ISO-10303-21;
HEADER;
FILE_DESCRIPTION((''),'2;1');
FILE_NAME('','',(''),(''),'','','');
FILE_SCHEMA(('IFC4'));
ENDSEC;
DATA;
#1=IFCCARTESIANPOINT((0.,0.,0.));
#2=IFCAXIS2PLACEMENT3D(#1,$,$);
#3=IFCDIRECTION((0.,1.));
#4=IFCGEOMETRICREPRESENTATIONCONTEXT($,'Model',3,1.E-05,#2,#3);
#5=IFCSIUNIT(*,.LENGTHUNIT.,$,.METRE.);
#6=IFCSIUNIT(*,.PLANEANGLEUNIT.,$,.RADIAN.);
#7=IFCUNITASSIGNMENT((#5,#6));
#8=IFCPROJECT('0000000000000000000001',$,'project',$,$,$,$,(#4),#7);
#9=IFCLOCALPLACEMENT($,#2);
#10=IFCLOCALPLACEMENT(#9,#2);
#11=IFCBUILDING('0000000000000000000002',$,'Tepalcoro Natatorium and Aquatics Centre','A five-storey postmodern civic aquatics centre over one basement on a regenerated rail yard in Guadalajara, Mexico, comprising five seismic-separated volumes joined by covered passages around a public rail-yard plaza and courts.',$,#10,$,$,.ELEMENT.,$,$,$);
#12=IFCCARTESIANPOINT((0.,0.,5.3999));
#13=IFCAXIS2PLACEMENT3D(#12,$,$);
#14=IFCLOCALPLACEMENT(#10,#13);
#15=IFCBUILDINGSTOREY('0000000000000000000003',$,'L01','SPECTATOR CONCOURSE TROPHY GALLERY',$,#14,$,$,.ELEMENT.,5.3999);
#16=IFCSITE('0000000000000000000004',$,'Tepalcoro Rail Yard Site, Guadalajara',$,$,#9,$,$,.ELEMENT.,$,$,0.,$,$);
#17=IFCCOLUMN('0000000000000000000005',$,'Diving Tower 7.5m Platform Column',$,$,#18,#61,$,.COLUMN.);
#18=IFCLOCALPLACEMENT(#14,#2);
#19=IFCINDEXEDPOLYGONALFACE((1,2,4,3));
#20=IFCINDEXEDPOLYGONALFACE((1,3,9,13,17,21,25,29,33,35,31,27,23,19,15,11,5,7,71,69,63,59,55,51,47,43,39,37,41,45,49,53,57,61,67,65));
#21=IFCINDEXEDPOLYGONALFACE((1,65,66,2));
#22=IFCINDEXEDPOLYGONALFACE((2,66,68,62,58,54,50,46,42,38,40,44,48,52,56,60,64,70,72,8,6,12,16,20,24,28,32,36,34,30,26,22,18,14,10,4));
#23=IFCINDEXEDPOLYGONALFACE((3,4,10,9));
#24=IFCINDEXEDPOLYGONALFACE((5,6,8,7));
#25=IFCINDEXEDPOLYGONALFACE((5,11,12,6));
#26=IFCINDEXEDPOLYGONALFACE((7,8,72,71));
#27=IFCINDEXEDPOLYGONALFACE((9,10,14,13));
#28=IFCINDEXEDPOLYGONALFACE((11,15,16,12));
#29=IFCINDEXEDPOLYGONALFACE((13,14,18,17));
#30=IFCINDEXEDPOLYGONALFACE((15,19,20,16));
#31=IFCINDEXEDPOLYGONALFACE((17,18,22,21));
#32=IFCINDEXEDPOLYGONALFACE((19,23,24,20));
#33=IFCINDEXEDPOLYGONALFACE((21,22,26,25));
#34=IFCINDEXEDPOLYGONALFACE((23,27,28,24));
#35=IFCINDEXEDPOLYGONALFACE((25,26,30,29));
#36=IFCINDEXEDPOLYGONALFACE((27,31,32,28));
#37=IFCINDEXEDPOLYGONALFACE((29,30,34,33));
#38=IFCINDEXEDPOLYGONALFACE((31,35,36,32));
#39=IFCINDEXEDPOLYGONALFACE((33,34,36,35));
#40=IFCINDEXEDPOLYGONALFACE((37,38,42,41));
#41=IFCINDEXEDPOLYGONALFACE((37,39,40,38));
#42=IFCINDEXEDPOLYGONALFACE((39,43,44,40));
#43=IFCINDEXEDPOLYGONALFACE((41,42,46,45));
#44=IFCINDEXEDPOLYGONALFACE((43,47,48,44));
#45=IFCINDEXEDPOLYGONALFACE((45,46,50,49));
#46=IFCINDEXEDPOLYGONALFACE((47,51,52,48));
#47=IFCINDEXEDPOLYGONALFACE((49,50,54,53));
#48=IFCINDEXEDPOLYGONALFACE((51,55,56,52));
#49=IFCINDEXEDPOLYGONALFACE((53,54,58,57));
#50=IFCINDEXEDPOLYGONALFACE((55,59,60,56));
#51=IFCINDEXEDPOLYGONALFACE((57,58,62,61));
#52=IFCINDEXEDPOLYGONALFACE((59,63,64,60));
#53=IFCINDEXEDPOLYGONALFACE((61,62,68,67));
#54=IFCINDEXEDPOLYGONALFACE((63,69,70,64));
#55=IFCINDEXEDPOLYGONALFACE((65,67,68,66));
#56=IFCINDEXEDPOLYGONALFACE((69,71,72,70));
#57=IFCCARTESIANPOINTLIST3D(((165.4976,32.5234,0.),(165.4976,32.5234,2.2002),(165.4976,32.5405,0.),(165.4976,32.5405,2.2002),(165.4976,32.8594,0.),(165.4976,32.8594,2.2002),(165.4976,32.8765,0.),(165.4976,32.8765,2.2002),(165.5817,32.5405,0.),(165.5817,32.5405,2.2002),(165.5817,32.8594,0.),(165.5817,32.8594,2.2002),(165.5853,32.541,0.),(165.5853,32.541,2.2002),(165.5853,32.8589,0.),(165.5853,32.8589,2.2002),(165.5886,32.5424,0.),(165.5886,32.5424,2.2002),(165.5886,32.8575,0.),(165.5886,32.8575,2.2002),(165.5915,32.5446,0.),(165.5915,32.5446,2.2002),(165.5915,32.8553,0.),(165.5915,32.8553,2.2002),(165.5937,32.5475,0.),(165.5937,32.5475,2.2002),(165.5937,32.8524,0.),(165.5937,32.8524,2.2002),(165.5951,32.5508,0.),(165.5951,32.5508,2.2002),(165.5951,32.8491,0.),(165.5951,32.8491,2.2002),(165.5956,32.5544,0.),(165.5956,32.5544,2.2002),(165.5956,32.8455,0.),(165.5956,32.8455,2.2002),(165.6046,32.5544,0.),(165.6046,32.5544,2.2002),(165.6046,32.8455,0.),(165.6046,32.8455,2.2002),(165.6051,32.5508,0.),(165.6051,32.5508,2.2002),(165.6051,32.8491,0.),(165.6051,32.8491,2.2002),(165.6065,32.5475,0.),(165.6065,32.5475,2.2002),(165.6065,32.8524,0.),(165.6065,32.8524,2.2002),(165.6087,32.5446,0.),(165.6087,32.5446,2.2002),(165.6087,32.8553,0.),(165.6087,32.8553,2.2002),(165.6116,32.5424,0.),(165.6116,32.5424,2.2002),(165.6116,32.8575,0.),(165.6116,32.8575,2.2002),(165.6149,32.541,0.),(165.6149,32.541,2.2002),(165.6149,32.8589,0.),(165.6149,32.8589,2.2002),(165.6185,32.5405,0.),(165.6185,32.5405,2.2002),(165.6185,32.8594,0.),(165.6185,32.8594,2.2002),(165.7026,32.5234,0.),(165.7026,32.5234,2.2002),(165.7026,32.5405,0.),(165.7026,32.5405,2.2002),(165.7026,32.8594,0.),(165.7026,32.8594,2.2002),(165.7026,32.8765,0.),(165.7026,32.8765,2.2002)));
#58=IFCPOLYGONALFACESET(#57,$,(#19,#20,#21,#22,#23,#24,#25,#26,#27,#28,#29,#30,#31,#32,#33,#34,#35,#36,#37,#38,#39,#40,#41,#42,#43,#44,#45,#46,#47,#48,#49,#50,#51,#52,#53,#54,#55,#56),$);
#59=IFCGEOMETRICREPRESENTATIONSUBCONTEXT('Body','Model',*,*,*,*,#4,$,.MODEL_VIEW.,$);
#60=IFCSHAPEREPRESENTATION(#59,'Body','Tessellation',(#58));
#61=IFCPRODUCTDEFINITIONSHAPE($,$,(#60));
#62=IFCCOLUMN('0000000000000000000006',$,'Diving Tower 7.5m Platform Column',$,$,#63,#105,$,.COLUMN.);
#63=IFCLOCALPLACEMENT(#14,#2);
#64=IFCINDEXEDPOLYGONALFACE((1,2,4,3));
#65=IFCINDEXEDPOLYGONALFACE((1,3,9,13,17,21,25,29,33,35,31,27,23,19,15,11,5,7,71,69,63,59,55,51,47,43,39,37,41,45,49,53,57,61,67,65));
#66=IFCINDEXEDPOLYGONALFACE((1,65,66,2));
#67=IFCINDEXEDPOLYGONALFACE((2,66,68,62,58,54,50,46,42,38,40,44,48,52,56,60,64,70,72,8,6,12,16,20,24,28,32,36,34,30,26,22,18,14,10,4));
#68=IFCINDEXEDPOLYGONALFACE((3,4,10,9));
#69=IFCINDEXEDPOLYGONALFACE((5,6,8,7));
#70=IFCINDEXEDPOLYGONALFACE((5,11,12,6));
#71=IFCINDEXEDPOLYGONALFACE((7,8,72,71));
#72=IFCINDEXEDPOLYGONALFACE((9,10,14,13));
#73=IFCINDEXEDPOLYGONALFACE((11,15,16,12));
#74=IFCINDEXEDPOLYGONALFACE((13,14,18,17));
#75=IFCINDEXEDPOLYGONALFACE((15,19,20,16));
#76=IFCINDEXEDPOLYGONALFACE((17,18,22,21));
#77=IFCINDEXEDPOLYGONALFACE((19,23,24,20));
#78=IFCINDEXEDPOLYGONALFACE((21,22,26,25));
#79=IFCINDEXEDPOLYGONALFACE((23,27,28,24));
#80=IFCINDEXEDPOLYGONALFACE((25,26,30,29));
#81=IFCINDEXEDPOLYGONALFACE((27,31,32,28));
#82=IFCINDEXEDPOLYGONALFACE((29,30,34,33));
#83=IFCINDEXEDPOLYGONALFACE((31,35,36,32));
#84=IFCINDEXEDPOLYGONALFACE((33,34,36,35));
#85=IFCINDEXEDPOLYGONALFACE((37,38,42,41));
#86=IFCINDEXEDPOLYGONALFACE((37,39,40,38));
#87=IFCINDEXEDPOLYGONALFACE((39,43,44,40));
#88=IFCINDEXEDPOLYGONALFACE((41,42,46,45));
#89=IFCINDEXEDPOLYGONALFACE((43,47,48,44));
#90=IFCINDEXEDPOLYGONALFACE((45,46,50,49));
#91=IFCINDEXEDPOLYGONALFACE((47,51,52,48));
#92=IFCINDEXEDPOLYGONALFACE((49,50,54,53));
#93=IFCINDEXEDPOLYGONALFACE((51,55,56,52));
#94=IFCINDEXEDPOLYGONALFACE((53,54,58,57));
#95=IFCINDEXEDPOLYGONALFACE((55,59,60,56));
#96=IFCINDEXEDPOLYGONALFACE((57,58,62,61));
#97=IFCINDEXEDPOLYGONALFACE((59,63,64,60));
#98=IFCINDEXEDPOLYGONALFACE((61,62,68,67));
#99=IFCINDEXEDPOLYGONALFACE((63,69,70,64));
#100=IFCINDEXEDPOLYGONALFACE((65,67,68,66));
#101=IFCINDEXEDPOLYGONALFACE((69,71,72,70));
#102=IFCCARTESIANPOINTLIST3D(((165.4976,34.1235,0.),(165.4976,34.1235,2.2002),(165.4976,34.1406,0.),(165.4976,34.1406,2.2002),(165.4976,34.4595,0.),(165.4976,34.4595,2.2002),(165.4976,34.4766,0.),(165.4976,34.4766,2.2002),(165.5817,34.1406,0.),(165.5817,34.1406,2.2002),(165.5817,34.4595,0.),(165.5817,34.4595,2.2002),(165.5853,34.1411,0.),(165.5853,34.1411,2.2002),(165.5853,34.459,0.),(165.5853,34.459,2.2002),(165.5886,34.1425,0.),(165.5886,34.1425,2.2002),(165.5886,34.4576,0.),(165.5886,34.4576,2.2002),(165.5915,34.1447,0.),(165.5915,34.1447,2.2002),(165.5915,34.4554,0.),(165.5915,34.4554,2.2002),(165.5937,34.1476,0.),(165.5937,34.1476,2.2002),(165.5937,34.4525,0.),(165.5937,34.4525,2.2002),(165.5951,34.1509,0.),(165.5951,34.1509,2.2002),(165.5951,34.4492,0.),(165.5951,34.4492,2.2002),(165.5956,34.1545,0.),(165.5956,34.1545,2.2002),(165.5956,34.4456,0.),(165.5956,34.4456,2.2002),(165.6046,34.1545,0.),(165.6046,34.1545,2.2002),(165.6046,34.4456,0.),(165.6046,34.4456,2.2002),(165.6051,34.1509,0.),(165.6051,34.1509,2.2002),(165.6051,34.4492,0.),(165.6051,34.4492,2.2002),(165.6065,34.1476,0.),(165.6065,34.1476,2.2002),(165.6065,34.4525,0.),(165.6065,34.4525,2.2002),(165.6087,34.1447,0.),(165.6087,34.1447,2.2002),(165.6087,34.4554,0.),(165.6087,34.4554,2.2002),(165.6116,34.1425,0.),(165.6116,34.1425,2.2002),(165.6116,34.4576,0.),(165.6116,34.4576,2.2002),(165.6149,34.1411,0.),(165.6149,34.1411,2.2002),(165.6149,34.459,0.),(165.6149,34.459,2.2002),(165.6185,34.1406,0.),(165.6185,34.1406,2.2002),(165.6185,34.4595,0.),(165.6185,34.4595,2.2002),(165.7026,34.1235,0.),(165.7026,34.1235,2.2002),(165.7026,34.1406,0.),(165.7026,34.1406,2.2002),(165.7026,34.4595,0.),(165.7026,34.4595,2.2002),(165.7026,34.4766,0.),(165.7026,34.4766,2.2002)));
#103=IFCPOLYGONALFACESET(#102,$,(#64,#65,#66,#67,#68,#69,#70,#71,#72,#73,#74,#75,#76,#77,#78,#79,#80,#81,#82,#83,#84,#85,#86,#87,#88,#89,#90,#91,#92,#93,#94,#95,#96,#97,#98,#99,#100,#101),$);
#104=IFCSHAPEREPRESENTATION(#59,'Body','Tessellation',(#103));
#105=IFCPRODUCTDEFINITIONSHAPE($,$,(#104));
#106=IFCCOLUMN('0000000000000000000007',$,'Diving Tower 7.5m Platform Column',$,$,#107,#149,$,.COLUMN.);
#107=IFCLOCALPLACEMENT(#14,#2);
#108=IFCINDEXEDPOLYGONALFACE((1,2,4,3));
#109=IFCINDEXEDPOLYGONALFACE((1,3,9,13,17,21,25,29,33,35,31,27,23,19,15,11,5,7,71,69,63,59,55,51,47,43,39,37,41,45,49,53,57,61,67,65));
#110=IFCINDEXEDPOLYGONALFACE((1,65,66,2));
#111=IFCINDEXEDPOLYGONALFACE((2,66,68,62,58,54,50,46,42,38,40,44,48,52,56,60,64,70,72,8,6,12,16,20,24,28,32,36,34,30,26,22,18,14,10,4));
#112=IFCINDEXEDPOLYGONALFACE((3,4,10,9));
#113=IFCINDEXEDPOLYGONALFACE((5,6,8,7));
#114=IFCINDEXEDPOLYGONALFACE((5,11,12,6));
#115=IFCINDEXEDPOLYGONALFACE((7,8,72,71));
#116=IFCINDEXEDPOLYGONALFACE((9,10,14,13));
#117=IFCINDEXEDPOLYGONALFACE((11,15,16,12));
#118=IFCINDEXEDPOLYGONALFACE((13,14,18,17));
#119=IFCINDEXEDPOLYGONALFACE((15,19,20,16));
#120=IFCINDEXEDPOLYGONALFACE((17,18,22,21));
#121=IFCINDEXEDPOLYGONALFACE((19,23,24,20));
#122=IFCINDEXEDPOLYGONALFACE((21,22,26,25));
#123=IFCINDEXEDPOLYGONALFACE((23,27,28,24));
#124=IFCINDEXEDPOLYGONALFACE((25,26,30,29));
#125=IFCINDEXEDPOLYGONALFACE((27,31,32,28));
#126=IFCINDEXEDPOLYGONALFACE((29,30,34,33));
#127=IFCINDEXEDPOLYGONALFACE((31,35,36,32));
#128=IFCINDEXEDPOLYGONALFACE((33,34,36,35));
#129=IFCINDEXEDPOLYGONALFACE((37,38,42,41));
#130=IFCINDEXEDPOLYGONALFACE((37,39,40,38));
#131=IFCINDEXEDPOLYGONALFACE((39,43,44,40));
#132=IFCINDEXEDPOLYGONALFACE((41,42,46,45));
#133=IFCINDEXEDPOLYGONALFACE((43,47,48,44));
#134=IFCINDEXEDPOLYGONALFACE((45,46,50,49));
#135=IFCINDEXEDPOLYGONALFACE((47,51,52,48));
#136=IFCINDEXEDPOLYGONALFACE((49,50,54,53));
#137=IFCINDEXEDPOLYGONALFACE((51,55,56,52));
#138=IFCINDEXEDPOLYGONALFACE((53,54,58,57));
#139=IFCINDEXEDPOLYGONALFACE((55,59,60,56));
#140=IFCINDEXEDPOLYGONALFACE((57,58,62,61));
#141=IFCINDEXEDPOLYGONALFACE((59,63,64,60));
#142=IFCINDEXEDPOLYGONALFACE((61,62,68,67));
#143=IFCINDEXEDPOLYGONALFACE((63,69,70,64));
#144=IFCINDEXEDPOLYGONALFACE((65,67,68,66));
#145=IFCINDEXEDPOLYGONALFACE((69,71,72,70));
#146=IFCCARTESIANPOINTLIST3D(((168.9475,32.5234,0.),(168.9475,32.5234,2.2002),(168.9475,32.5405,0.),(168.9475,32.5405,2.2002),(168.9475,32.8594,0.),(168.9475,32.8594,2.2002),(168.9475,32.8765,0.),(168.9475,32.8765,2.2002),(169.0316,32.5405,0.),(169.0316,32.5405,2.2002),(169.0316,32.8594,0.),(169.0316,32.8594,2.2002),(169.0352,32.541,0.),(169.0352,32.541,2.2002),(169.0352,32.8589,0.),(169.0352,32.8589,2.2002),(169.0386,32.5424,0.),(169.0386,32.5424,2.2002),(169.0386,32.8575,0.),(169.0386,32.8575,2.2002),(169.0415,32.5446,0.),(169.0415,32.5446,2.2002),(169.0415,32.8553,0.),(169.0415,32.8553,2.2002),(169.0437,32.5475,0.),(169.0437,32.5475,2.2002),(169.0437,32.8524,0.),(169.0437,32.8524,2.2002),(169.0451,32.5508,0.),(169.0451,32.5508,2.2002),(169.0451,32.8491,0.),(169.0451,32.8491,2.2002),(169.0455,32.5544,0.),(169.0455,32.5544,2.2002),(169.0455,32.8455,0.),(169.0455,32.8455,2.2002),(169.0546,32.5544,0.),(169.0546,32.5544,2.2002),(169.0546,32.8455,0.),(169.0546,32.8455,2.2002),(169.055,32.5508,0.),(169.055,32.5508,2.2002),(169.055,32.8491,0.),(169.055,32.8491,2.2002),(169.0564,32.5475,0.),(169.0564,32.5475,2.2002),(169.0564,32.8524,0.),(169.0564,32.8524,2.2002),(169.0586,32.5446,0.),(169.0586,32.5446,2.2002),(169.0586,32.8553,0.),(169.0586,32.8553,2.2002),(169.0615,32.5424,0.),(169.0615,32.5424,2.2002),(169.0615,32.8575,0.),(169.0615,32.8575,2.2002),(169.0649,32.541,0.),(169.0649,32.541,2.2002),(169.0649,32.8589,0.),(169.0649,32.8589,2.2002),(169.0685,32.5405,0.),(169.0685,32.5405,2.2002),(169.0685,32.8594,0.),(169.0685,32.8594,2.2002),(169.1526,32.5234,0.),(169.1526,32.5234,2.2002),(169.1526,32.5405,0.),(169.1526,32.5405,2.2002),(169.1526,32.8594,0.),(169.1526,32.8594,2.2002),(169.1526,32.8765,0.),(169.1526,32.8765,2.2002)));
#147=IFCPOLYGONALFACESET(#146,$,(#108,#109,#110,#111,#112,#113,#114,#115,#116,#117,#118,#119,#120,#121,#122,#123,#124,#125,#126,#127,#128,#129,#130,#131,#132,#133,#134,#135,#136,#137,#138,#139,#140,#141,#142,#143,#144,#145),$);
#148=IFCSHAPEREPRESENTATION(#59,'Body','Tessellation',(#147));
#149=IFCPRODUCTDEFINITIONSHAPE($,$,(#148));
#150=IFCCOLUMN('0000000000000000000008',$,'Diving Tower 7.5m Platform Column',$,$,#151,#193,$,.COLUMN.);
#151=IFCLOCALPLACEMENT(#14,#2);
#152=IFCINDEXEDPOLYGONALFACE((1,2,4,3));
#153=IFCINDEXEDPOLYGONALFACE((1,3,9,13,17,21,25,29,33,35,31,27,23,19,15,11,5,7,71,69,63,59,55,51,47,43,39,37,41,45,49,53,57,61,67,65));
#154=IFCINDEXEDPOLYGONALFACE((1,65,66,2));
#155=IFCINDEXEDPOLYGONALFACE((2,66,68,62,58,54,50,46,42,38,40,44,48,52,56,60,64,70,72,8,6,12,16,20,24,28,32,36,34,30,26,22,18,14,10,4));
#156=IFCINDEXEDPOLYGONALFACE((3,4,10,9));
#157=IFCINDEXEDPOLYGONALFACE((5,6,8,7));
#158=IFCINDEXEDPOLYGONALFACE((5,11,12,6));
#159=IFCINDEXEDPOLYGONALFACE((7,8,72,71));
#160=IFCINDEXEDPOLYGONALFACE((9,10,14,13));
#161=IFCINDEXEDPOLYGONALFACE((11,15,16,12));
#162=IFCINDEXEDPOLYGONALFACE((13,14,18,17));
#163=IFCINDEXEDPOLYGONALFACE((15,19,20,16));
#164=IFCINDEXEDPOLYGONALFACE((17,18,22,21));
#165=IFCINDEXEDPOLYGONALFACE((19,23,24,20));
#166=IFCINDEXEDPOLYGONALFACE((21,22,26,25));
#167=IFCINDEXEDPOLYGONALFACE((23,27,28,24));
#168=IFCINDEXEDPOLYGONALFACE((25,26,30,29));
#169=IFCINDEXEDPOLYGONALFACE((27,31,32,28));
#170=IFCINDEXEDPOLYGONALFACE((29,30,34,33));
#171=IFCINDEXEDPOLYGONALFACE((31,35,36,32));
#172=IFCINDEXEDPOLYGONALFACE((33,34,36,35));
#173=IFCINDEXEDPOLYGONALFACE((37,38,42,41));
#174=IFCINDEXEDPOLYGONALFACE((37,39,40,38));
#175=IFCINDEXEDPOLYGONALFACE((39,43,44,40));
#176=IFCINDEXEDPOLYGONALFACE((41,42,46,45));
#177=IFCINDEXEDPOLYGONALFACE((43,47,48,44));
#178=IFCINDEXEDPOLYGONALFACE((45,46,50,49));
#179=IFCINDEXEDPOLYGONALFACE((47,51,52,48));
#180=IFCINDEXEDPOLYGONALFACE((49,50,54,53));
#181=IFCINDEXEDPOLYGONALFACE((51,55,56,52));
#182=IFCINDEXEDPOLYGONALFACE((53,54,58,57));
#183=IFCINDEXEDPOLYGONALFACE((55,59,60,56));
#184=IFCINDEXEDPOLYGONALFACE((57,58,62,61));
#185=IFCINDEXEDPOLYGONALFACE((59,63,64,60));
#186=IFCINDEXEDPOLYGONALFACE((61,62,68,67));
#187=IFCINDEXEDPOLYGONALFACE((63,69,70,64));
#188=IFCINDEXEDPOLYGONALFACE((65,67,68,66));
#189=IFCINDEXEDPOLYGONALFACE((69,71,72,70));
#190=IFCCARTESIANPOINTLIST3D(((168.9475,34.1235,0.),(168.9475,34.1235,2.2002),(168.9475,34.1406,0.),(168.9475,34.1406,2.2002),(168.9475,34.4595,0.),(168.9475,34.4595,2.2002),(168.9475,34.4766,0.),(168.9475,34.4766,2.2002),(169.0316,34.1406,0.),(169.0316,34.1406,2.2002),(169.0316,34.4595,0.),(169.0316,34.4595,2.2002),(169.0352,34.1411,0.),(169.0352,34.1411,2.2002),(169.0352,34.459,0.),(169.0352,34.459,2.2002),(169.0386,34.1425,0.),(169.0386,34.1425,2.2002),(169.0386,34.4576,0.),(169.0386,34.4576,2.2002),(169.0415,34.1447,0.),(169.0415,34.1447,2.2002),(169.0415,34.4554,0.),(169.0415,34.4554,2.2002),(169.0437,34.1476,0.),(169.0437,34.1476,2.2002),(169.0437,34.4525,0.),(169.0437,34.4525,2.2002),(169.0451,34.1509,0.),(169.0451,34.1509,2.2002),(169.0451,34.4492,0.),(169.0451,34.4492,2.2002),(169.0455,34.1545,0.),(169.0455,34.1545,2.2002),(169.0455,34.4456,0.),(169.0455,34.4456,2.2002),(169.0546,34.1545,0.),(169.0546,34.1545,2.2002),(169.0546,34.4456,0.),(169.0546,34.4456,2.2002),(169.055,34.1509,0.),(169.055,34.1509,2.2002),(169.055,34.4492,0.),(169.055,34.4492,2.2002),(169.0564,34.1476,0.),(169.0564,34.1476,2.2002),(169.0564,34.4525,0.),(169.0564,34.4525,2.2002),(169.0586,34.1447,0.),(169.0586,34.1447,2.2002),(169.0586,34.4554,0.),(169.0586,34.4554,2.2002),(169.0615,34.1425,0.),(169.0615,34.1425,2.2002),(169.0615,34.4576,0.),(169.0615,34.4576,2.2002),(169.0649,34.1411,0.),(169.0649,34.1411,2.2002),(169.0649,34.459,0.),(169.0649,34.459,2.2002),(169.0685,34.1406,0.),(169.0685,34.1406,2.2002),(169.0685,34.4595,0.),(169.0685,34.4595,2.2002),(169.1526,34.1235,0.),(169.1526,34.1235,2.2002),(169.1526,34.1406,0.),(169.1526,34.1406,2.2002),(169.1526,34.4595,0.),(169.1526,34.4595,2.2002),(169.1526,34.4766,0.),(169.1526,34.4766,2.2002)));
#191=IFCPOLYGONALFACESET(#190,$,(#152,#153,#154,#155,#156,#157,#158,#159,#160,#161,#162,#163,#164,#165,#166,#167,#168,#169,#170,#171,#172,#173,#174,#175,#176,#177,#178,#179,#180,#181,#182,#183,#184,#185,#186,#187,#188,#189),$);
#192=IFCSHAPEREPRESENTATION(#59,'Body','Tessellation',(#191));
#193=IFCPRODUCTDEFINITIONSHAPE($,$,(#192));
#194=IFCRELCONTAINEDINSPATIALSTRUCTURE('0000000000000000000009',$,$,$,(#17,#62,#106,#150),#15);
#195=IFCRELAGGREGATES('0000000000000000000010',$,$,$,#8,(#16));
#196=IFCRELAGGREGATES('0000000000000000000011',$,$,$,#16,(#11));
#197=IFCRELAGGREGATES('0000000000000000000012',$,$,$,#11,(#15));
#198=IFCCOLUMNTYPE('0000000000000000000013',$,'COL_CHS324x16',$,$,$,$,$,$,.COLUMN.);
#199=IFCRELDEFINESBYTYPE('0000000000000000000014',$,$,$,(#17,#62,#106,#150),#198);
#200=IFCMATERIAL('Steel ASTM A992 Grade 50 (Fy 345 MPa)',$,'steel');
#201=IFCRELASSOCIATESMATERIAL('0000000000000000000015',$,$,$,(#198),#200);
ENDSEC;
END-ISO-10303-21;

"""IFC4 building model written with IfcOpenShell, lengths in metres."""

from ifc_helpers import new_model, si_unit, direction, frame, origin, origin_2d, place, context, subcontext, project, spatial, i_section, extrude, material, material_profile, profile_set, type_object, element, save


model = new_model("IFC4")

# Units and contexts
model_context = context("Model", 3, precision=1e-05, world=origin(), true_north=direction((0.0, 1.0)))
body_context = subcontext(model_context, "Body", "Model", "MODEL_VIEW")
ifc_project = project(units=[si_unit("LENGTHUNIT", "METRE"), si_unit("PLANEANGLEUNIT", "RADIAN")], contexts=[model_context])

# Site, building, storey
site_placement = place(None, origin())
site = spatial("IfcSite", under=ifc_project, at=site_placement, Name="Tepalcoro Rail Yard Site, Guadalajara", CompositionType="ELEMENT", RefElevation=0.0)
building_placement = place(site_placement, origin())
building = spatial("IfcBuilding", under=site, at=building_placement, Name="Tepalcoro Natatorium and Aquatics Centre", Description="A five-storey postmodern civic aquatics centre over one basement on a regenerated rail yard in Guadalajara, Mexico, comprising five seismic-separated volumes joined by covered passages around a public rail-yard plaza and courts.", CompositionType="ELEMENT")
storey_placement = place(building_placement, frame((0.0, 0.0, 5.3999)))
storey = spatial("IfcBuildingStorey", under=building, at=storey_placement, Name="L01", Description="SPECTATOR CONCOURSE TROPHY GALLERY", CompositionType="ELEMENT", Elevation=5.3999)

# Columns
ifc_material_1 = material(Name="Steel ASTM A992 Grade 50 (Fy 345 MPa)", Category="steel")
ifc_material_profile_1 = material_profile(ifc_material_1, i_section(OverallWidth=0.2051, OverallDepth=0.353, WebThickness=0.009, FlangeThickness=0.0171, FilletRadius=0.0139, at=origin_2d()), Name="W14X53")
ifc_profile_set_1 = profile_set([ifc_material_profile_1], Name="Steel ASTM A992 Grade 50 (Fy 345 MPa)")
column_type_1 = type_object("IfcColumnType", Name="COL_CHS324x16", PredefinedType="COLUMN", material=ifc_profile_set_1)
for number, where, z_axis, x_axis, name in (
    (1, (165.6001, 32.7, 0.0), (0.0, 0.0, 1.0), (1.0, 0.0, 0.0), "Diving Tower 7.5m Platform Column"),
    (2, (165.6001, 34.3, 0.0), (0.0, 0.0, 1.0), (1.0, 0.0, 0.0), "Diving Tower 7.5m Platform Column"),
    (3, (169.05, 32.7, 0.0), (0.0, 0.0, 1.0), (1.0, 0.0, 0.0), "Diving Tower 7.5m Platform Column"),
    (4, (169.05, 34.3, 0.0), (0.0, 0.0, 1.0), (1.0, 0.0, 0.0), "Diving Tower 7.5m Platform Column"),
):
    element("IfcColumn", number, at=place(storey_placement, frame(where, z_axis=z_axis, x_axis=x_axis)), inside=storey, type_object=column_type_1, Name=name, PredefinedType="COLUMN", context=body_context, shape_type="SweptSolid", body=[
        extrude(i_section(OverallWidth=0.2051, OverallDepth=0.353, WebThickness=0.009, FlangeThickness=0.0171, FilletRadius=0.0139, at=origin_2d()), origin(), (0.0, 0.0, 1.0), 2.2002),
    ])

save(model, "model.ifc")
